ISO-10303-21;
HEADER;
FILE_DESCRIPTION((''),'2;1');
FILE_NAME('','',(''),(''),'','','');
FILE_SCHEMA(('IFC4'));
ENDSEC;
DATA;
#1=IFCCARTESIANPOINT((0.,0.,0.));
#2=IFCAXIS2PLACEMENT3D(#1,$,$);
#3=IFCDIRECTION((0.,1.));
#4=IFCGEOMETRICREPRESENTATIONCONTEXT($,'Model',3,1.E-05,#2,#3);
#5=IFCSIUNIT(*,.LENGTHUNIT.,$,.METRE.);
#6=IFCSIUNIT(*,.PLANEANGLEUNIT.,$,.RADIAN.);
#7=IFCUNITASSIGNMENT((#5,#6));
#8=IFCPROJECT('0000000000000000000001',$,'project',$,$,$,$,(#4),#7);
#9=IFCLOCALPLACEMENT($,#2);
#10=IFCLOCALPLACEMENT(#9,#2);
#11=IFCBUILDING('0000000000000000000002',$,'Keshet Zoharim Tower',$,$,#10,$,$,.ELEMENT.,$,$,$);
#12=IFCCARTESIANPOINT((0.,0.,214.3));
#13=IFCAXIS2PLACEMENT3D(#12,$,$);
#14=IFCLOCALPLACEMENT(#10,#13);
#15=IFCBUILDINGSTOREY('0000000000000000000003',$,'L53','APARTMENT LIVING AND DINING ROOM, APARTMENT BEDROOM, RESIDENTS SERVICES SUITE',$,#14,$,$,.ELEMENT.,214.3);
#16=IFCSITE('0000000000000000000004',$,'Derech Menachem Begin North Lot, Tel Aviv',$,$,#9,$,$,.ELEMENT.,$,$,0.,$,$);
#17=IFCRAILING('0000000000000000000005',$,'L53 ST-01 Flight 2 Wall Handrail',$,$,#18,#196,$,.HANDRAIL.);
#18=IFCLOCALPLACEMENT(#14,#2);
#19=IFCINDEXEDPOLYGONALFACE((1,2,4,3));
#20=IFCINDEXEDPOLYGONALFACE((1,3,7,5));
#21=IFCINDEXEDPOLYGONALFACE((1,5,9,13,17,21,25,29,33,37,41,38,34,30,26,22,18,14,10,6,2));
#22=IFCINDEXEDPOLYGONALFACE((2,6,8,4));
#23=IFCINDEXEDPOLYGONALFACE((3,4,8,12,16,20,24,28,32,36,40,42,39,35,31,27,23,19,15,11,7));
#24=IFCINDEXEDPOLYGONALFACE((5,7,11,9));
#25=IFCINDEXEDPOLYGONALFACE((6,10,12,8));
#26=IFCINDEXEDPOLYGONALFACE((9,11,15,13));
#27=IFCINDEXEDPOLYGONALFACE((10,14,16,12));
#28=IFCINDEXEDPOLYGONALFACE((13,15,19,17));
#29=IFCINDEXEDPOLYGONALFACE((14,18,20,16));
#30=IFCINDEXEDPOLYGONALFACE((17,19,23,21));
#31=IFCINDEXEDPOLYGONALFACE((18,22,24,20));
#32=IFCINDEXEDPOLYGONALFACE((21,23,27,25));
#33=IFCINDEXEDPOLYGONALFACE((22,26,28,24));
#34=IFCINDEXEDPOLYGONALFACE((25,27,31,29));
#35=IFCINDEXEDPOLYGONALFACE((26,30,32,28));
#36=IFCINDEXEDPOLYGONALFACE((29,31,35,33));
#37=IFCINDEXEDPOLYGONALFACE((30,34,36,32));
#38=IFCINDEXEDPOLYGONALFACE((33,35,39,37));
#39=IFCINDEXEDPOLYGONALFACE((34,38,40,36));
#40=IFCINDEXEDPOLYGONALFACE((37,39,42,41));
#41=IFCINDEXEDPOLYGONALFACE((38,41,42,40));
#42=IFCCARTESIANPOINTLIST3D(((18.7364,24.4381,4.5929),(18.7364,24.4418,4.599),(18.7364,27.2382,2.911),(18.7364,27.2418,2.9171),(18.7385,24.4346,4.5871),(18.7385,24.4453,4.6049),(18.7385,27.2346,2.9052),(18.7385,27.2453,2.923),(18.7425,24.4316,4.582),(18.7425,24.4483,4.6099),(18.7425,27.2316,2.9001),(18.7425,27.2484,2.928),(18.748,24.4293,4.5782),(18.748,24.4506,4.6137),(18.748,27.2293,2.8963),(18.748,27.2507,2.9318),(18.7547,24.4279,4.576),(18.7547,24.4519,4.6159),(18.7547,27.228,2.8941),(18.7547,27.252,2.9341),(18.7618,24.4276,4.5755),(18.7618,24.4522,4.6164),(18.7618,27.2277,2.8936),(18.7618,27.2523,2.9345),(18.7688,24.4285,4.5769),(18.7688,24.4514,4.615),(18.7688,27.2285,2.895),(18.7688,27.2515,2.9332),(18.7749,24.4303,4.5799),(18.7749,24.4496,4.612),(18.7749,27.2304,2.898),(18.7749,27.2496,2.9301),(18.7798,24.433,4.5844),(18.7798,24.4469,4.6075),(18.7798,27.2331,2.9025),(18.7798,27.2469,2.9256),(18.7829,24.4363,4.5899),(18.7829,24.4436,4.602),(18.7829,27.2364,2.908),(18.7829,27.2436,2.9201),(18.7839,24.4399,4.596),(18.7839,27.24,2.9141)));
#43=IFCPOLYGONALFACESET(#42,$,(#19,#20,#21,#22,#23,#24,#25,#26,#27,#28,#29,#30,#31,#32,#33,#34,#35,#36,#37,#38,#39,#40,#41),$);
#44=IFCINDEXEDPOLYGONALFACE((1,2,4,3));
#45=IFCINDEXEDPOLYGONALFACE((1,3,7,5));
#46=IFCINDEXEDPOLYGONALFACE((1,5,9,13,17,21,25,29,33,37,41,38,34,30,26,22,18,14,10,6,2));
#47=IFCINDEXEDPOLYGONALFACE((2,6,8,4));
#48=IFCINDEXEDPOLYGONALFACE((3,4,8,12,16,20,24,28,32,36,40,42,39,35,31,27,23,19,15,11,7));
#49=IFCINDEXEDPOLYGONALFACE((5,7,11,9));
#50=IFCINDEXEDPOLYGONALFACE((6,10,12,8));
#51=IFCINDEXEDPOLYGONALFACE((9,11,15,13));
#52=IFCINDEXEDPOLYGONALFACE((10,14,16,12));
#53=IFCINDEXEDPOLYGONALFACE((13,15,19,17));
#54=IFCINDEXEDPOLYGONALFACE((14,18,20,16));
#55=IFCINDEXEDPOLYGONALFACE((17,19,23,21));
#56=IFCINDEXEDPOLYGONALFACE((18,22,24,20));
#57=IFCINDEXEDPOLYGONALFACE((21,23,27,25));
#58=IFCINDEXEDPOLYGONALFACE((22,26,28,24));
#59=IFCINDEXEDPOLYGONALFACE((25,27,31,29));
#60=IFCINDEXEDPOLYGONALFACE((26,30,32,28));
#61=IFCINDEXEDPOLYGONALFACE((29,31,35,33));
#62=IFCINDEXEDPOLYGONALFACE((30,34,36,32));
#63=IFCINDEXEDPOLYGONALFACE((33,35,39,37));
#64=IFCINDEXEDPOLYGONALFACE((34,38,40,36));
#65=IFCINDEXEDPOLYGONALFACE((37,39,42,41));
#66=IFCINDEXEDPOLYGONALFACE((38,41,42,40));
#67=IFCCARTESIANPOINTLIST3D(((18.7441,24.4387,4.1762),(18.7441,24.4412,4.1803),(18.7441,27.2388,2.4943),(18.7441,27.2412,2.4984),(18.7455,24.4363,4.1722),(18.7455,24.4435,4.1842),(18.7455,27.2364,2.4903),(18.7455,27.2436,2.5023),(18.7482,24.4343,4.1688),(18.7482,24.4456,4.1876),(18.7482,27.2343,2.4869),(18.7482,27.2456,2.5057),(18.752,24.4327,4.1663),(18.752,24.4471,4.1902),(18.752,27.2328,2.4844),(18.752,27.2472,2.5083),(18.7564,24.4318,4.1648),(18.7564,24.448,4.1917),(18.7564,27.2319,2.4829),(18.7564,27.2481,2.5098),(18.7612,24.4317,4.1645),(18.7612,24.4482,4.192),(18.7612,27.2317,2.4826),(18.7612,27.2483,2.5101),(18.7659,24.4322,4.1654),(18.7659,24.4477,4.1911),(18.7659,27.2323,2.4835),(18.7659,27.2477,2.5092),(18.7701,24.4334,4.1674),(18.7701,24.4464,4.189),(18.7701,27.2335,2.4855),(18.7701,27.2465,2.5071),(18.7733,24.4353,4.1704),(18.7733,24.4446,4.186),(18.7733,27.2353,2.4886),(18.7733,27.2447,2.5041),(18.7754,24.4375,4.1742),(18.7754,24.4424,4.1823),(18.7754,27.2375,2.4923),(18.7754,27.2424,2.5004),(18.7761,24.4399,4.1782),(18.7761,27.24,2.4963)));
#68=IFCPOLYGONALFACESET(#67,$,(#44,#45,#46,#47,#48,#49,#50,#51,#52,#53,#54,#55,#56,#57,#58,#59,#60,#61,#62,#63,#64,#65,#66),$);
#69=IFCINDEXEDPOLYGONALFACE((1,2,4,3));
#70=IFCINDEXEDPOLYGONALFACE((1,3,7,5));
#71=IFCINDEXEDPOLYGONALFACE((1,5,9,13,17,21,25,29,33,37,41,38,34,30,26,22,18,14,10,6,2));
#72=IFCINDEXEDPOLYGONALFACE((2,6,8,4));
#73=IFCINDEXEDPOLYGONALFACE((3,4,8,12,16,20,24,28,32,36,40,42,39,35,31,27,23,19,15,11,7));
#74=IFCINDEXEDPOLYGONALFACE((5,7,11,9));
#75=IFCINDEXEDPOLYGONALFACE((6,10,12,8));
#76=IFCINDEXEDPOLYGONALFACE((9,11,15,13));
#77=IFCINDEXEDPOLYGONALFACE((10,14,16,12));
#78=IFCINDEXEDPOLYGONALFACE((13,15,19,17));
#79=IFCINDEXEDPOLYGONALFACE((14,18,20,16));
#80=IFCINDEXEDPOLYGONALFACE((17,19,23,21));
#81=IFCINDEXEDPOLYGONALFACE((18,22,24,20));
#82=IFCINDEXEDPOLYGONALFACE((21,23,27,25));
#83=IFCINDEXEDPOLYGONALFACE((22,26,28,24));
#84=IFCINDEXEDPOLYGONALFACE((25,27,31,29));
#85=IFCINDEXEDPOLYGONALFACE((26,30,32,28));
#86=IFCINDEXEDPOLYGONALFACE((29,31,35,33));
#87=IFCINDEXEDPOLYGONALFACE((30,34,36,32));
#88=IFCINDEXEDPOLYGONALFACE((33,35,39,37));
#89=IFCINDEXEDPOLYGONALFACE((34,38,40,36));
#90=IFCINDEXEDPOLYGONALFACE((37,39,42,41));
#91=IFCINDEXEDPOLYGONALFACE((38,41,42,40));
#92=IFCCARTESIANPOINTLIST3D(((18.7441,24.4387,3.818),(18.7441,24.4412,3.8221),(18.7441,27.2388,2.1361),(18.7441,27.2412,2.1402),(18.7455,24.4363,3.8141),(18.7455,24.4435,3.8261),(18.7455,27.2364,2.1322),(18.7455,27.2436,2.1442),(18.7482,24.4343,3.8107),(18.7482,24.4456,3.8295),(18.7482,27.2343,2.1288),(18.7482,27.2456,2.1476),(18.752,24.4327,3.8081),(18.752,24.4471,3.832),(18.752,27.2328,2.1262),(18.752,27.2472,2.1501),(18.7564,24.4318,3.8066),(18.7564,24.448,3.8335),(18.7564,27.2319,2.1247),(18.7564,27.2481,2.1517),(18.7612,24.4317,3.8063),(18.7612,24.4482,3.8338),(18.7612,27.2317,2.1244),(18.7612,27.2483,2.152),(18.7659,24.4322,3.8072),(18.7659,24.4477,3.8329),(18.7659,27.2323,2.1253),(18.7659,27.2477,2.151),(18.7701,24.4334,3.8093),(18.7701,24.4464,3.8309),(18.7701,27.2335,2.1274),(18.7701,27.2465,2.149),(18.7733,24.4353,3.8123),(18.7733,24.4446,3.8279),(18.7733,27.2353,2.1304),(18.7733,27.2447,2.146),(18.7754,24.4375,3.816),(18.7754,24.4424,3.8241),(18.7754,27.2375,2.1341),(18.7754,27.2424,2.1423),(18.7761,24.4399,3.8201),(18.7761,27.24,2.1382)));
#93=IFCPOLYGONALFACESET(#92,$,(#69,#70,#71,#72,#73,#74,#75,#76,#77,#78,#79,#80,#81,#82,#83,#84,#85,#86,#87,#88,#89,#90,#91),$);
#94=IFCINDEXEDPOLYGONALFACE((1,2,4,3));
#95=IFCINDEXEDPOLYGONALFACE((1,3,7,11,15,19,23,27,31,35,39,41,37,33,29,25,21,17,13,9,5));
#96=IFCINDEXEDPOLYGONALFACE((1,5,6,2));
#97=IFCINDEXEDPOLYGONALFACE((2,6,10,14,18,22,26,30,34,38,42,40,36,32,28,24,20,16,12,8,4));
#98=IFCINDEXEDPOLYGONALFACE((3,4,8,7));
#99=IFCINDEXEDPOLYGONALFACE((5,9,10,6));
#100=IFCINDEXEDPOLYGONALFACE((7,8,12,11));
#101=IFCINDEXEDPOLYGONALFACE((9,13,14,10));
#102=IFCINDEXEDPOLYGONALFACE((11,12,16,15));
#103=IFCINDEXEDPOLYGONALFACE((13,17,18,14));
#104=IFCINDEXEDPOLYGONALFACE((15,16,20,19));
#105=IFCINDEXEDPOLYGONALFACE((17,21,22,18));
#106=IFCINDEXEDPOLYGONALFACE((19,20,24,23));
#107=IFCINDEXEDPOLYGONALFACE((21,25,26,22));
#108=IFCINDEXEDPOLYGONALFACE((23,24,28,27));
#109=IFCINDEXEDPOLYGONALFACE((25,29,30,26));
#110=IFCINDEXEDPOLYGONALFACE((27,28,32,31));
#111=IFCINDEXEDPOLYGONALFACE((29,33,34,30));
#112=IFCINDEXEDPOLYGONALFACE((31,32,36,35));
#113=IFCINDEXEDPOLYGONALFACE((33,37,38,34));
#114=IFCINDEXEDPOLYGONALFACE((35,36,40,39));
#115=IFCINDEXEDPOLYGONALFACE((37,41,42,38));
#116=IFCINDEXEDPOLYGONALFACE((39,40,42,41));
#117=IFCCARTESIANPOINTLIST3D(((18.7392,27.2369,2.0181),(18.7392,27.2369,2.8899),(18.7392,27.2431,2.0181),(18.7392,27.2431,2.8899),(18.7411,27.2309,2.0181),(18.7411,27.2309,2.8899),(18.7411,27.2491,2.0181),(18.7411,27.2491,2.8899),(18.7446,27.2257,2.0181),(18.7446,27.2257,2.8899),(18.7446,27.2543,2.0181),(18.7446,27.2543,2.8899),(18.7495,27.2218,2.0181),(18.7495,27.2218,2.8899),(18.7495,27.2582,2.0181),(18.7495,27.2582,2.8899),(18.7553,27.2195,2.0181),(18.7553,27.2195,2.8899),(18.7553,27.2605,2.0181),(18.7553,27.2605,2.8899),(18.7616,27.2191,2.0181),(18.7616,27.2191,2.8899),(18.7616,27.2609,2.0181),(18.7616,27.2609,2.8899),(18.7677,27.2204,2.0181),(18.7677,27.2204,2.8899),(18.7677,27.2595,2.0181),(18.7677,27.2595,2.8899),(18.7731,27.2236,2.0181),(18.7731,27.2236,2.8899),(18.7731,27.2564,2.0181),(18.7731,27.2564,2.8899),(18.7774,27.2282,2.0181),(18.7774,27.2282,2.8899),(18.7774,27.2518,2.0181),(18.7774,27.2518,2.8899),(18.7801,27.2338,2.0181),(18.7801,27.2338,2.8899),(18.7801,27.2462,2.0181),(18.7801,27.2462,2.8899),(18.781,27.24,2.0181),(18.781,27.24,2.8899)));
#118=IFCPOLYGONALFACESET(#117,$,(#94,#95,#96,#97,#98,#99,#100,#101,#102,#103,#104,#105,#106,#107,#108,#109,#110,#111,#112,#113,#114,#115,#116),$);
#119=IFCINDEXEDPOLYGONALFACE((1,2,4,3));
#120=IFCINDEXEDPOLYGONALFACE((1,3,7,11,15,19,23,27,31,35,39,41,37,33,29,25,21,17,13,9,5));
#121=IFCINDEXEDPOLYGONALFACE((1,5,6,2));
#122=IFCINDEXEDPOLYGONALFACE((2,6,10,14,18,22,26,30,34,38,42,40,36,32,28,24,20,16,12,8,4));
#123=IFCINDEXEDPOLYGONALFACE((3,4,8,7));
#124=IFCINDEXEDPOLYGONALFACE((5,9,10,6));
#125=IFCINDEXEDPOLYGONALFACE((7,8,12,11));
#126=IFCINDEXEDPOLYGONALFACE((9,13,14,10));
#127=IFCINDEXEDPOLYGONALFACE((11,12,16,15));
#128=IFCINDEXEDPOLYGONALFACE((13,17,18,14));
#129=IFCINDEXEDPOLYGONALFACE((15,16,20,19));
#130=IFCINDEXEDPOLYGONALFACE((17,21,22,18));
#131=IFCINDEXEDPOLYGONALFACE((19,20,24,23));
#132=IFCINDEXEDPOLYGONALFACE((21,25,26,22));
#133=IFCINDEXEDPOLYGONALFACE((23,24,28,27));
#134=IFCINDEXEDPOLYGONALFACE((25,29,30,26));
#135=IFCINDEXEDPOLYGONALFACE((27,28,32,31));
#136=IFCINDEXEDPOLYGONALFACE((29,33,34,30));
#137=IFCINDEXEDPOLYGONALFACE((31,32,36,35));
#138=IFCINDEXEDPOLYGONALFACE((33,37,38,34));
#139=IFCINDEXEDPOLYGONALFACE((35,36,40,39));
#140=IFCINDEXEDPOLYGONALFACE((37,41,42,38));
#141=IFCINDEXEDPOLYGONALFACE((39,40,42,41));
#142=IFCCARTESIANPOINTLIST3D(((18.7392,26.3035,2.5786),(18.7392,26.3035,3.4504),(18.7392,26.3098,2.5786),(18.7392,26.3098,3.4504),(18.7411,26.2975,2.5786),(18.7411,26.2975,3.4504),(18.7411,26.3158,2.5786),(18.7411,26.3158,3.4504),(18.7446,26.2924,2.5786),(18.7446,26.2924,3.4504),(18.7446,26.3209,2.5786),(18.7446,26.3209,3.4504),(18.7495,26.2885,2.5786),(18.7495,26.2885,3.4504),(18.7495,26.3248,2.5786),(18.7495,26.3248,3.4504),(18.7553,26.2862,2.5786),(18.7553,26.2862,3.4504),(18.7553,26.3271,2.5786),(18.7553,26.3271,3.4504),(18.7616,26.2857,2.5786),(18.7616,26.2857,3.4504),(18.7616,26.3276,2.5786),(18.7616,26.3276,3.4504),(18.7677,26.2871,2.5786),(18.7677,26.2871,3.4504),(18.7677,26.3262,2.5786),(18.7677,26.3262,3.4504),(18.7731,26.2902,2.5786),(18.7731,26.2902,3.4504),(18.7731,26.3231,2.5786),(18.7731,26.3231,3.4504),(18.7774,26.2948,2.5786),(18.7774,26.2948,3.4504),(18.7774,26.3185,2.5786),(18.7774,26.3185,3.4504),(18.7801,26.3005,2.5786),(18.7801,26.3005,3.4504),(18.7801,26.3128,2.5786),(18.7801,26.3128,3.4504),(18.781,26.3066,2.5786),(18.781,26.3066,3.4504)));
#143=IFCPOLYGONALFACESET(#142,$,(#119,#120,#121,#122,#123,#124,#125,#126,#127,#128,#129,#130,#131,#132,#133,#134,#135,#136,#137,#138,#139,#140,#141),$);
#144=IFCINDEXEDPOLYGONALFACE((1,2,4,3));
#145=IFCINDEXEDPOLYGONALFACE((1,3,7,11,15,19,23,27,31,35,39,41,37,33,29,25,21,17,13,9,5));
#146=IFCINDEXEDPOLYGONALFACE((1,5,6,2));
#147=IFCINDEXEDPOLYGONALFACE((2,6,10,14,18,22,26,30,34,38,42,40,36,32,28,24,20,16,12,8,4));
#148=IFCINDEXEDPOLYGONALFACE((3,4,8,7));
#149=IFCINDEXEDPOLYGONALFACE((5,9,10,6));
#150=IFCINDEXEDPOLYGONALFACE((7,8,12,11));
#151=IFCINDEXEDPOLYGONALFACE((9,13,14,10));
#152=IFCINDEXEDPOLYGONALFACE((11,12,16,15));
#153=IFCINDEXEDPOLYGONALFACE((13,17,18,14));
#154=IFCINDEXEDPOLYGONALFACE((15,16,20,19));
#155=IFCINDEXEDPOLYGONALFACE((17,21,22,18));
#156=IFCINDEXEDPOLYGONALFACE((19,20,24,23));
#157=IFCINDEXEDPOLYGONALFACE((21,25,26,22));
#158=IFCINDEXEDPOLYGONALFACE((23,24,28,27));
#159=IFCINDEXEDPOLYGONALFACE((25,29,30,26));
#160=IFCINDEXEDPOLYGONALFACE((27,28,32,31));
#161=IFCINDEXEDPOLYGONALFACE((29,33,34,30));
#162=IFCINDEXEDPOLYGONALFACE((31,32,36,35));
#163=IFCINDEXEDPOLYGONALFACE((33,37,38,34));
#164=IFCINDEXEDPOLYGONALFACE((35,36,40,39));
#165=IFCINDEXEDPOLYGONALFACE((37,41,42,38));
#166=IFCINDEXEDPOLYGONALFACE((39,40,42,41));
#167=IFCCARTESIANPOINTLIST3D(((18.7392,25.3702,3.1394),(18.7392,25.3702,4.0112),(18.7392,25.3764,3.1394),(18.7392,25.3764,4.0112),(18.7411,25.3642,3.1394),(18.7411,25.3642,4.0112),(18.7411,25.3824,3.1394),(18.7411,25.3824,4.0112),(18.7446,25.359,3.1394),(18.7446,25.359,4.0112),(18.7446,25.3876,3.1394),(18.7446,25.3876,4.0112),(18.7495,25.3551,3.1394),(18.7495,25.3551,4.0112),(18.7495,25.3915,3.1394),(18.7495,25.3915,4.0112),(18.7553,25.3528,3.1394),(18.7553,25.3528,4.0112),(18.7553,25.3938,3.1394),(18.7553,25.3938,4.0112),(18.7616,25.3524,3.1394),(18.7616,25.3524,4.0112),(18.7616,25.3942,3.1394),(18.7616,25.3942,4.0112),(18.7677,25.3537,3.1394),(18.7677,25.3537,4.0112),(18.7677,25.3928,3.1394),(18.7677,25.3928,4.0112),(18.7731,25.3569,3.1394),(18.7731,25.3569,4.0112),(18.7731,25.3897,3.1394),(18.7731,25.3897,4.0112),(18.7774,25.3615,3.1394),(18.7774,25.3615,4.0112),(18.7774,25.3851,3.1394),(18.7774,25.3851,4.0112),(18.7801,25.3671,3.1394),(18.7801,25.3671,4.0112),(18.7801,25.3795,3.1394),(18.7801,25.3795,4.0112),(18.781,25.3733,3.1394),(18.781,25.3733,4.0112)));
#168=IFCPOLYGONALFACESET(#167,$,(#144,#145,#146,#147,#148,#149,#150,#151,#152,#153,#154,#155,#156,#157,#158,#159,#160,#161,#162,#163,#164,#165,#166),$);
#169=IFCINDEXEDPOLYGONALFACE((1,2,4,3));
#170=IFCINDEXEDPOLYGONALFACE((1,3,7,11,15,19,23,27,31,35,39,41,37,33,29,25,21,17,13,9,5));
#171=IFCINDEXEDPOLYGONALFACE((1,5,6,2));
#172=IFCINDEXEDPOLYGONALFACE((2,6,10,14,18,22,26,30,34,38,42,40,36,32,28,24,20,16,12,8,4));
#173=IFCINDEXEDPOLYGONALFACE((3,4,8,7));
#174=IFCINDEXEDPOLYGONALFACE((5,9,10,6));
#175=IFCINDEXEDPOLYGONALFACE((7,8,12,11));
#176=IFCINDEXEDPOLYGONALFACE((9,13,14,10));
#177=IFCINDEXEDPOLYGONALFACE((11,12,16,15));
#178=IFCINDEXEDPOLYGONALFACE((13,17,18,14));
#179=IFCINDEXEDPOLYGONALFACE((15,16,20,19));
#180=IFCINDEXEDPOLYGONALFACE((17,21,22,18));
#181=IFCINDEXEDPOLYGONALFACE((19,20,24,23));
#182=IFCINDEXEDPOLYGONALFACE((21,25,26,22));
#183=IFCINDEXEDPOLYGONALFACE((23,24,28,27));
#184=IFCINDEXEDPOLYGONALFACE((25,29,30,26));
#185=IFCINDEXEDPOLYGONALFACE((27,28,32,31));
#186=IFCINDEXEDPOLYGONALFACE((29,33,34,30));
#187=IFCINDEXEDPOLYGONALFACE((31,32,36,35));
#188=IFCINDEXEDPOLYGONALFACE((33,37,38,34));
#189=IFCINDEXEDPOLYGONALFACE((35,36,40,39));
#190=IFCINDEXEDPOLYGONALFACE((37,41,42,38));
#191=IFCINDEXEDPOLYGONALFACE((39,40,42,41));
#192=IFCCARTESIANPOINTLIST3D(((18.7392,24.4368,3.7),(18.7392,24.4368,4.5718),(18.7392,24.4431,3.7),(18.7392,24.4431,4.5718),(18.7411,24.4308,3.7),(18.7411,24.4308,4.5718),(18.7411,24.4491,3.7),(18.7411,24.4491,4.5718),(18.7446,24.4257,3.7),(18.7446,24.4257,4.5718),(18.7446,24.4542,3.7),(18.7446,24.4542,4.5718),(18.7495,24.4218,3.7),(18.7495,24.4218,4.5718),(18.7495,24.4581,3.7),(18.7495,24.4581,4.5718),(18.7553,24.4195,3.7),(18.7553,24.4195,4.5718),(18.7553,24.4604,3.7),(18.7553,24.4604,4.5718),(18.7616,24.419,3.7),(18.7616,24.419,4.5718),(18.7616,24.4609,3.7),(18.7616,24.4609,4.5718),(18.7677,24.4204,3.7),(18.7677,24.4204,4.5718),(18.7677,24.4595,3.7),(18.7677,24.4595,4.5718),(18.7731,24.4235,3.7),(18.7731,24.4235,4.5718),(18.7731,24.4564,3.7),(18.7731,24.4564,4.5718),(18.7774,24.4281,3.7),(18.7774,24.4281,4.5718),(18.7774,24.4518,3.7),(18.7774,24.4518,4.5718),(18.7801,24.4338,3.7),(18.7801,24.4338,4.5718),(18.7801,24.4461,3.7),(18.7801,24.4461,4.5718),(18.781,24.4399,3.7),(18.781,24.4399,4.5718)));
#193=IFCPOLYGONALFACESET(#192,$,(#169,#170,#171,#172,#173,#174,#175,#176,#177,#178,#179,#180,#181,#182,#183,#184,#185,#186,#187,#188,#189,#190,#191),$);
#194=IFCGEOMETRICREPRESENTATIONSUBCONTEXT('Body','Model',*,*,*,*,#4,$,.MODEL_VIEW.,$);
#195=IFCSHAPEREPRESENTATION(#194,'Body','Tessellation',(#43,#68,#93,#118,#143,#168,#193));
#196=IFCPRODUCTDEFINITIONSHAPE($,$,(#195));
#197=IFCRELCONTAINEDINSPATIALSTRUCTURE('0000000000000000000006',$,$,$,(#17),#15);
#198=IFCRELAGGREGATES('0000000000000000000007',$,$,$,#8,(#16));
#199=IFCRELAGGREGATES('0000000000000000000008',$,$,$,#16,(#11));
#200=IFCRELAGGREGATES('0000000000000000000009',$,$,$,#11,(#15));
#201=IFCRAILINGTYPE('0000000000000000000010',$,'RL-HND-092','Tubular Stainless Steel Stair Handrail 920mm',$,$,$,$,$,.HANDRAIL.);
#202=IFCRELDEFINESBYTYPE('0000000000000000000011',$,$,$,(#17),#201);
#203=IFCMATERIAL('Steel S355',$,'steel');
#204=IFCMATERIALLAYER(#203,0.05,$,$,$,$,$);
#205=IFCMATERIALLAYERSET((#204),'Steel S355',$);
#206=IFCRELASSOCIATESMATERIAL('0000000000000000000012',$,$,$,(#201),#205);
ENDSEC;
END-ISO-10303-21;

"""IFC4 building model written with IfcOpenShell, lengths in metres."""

from ifc_helpers import new_model, si_unit, direction, frame, origin, origin_2d, place, context, subcontext, project, spatial, circle, extrude, material, layer, layer_set, type_object, element, save


model = new_model("IFC4")

# Units and contexts
model_context = context("Model", 3, precision=1e-05, world=origin(), true_north=direction((0.0, 1.0)))
body_context = subcontext(model_context, "Body", "Model", "MODEL_VIEW")
ifc_project = project(units=[si_unit("LENGTHUNIT", "METRE"), si_unit("PLANEANGLEUNIT", "RADIAN")], contexts=[model_context])

# Site, building, storey
site_placement = place(None, origin())
site = spatial("IfcSite", under=ifc_project, at=site_placement, Name="Derech Menachem Begin North Lot, Tel Aviv", CompositionType="ELEMENT", RefElevation=0.0)
building_placement = place(site_placement, origin())
building = spatial("IfcBuilding", under=site, at=building_placement, Name="Keshet Zoharim Tower", CompositionType="ELEMENT")
storey_placement = place(building_placement, frame((0.0, 0.0, 214.3)))
storey = spatial("IfcBuildingStorey", under=building, at=storey_placement, Name="L53", Description="APARTMENT LIVING AND DINING ROOM, APARTMENT BEDROOM, RESIDENTS SERVICES SUITE", CompositionType="ELEMENT", Elevation=214.3)

# Shared definitions
ifc_material_1 = material(Name="Steel S355", Category="steel")

# Railing
ifc_layer_1 = layer(ifc_material_1, 0.05)
ifc_layer_set_1 = layer_set([ifc_layer_1], Name="Steel S355")
railing_type = type_object("IfcRailingType", Name="RL-HND-092", Description="Tubular Stainless Steel Stair Handrail 920mm", PredefinedType="HANDRAIL", material=ifc_layer_set_1)
railing_placement = place(storey_placement, frame((18.76, 27.24, 2.0181)))
element("IfcRailing", 1, at=railing_placement, inside=storey, type_object=railing_type, Name="L53 ST-01 Flight 2 Wall Handrail", PredefinedType="HANDRAIL", context=body_context, shape_type="SweptSolid", body=[
    extrude(circle(Radius=0.0239, at=origin_2d()), frame((0.0, 0.0, 0.896), z_axis=(0.0, -0.857242, 0.514913), x_axis=(1.0, 0.0, 0.0)), (0.0, 0.0, 1.0), 3.2664),
    extrude(circle(Radius=0.0161, at=origin_2d()), frame((0.0, 0.0, 0.4783), z_axis=(0.0, -0.857242, 0.514913), x_axis=(1.0, 0.0, 0.0)), (0.0, 0.0, 1.0), 3.2664),
    extrude(circle(Radius=0.0161, at=origin_2d()), frame((0.0, 0.0, 0.1201), z_axis=(0.0, -0.857242, 0.514913), x_axis=(1.0, 0.0, 0.0)), (0.0, 0.0, 1.0), 3.2664),
    extrude(circle(Radius=0.021, at=origin_2d()), origin(), (0.0, 0.0, 1.0), 0.8718),
    extrude(circle(Radius=0.021, at=origin_2d()), frame((0.0, -0.9333, 0.5605)), (0.0, 0.0, 1.0), 0.8718),
    extrude(circle(Radius=0.021, at=origin_2d()), frame((0.0, -1.8667, 1.1213)), (0.0, 0.0, 1.0), 0.8718),
    extrude(circle(Radius=0.021, at=origin_2d()), frame((0.0, -2.8, 1.6819)), (0.0, 0.0, 1.0), 0.8718),
])

save(model, "model.ifc")
